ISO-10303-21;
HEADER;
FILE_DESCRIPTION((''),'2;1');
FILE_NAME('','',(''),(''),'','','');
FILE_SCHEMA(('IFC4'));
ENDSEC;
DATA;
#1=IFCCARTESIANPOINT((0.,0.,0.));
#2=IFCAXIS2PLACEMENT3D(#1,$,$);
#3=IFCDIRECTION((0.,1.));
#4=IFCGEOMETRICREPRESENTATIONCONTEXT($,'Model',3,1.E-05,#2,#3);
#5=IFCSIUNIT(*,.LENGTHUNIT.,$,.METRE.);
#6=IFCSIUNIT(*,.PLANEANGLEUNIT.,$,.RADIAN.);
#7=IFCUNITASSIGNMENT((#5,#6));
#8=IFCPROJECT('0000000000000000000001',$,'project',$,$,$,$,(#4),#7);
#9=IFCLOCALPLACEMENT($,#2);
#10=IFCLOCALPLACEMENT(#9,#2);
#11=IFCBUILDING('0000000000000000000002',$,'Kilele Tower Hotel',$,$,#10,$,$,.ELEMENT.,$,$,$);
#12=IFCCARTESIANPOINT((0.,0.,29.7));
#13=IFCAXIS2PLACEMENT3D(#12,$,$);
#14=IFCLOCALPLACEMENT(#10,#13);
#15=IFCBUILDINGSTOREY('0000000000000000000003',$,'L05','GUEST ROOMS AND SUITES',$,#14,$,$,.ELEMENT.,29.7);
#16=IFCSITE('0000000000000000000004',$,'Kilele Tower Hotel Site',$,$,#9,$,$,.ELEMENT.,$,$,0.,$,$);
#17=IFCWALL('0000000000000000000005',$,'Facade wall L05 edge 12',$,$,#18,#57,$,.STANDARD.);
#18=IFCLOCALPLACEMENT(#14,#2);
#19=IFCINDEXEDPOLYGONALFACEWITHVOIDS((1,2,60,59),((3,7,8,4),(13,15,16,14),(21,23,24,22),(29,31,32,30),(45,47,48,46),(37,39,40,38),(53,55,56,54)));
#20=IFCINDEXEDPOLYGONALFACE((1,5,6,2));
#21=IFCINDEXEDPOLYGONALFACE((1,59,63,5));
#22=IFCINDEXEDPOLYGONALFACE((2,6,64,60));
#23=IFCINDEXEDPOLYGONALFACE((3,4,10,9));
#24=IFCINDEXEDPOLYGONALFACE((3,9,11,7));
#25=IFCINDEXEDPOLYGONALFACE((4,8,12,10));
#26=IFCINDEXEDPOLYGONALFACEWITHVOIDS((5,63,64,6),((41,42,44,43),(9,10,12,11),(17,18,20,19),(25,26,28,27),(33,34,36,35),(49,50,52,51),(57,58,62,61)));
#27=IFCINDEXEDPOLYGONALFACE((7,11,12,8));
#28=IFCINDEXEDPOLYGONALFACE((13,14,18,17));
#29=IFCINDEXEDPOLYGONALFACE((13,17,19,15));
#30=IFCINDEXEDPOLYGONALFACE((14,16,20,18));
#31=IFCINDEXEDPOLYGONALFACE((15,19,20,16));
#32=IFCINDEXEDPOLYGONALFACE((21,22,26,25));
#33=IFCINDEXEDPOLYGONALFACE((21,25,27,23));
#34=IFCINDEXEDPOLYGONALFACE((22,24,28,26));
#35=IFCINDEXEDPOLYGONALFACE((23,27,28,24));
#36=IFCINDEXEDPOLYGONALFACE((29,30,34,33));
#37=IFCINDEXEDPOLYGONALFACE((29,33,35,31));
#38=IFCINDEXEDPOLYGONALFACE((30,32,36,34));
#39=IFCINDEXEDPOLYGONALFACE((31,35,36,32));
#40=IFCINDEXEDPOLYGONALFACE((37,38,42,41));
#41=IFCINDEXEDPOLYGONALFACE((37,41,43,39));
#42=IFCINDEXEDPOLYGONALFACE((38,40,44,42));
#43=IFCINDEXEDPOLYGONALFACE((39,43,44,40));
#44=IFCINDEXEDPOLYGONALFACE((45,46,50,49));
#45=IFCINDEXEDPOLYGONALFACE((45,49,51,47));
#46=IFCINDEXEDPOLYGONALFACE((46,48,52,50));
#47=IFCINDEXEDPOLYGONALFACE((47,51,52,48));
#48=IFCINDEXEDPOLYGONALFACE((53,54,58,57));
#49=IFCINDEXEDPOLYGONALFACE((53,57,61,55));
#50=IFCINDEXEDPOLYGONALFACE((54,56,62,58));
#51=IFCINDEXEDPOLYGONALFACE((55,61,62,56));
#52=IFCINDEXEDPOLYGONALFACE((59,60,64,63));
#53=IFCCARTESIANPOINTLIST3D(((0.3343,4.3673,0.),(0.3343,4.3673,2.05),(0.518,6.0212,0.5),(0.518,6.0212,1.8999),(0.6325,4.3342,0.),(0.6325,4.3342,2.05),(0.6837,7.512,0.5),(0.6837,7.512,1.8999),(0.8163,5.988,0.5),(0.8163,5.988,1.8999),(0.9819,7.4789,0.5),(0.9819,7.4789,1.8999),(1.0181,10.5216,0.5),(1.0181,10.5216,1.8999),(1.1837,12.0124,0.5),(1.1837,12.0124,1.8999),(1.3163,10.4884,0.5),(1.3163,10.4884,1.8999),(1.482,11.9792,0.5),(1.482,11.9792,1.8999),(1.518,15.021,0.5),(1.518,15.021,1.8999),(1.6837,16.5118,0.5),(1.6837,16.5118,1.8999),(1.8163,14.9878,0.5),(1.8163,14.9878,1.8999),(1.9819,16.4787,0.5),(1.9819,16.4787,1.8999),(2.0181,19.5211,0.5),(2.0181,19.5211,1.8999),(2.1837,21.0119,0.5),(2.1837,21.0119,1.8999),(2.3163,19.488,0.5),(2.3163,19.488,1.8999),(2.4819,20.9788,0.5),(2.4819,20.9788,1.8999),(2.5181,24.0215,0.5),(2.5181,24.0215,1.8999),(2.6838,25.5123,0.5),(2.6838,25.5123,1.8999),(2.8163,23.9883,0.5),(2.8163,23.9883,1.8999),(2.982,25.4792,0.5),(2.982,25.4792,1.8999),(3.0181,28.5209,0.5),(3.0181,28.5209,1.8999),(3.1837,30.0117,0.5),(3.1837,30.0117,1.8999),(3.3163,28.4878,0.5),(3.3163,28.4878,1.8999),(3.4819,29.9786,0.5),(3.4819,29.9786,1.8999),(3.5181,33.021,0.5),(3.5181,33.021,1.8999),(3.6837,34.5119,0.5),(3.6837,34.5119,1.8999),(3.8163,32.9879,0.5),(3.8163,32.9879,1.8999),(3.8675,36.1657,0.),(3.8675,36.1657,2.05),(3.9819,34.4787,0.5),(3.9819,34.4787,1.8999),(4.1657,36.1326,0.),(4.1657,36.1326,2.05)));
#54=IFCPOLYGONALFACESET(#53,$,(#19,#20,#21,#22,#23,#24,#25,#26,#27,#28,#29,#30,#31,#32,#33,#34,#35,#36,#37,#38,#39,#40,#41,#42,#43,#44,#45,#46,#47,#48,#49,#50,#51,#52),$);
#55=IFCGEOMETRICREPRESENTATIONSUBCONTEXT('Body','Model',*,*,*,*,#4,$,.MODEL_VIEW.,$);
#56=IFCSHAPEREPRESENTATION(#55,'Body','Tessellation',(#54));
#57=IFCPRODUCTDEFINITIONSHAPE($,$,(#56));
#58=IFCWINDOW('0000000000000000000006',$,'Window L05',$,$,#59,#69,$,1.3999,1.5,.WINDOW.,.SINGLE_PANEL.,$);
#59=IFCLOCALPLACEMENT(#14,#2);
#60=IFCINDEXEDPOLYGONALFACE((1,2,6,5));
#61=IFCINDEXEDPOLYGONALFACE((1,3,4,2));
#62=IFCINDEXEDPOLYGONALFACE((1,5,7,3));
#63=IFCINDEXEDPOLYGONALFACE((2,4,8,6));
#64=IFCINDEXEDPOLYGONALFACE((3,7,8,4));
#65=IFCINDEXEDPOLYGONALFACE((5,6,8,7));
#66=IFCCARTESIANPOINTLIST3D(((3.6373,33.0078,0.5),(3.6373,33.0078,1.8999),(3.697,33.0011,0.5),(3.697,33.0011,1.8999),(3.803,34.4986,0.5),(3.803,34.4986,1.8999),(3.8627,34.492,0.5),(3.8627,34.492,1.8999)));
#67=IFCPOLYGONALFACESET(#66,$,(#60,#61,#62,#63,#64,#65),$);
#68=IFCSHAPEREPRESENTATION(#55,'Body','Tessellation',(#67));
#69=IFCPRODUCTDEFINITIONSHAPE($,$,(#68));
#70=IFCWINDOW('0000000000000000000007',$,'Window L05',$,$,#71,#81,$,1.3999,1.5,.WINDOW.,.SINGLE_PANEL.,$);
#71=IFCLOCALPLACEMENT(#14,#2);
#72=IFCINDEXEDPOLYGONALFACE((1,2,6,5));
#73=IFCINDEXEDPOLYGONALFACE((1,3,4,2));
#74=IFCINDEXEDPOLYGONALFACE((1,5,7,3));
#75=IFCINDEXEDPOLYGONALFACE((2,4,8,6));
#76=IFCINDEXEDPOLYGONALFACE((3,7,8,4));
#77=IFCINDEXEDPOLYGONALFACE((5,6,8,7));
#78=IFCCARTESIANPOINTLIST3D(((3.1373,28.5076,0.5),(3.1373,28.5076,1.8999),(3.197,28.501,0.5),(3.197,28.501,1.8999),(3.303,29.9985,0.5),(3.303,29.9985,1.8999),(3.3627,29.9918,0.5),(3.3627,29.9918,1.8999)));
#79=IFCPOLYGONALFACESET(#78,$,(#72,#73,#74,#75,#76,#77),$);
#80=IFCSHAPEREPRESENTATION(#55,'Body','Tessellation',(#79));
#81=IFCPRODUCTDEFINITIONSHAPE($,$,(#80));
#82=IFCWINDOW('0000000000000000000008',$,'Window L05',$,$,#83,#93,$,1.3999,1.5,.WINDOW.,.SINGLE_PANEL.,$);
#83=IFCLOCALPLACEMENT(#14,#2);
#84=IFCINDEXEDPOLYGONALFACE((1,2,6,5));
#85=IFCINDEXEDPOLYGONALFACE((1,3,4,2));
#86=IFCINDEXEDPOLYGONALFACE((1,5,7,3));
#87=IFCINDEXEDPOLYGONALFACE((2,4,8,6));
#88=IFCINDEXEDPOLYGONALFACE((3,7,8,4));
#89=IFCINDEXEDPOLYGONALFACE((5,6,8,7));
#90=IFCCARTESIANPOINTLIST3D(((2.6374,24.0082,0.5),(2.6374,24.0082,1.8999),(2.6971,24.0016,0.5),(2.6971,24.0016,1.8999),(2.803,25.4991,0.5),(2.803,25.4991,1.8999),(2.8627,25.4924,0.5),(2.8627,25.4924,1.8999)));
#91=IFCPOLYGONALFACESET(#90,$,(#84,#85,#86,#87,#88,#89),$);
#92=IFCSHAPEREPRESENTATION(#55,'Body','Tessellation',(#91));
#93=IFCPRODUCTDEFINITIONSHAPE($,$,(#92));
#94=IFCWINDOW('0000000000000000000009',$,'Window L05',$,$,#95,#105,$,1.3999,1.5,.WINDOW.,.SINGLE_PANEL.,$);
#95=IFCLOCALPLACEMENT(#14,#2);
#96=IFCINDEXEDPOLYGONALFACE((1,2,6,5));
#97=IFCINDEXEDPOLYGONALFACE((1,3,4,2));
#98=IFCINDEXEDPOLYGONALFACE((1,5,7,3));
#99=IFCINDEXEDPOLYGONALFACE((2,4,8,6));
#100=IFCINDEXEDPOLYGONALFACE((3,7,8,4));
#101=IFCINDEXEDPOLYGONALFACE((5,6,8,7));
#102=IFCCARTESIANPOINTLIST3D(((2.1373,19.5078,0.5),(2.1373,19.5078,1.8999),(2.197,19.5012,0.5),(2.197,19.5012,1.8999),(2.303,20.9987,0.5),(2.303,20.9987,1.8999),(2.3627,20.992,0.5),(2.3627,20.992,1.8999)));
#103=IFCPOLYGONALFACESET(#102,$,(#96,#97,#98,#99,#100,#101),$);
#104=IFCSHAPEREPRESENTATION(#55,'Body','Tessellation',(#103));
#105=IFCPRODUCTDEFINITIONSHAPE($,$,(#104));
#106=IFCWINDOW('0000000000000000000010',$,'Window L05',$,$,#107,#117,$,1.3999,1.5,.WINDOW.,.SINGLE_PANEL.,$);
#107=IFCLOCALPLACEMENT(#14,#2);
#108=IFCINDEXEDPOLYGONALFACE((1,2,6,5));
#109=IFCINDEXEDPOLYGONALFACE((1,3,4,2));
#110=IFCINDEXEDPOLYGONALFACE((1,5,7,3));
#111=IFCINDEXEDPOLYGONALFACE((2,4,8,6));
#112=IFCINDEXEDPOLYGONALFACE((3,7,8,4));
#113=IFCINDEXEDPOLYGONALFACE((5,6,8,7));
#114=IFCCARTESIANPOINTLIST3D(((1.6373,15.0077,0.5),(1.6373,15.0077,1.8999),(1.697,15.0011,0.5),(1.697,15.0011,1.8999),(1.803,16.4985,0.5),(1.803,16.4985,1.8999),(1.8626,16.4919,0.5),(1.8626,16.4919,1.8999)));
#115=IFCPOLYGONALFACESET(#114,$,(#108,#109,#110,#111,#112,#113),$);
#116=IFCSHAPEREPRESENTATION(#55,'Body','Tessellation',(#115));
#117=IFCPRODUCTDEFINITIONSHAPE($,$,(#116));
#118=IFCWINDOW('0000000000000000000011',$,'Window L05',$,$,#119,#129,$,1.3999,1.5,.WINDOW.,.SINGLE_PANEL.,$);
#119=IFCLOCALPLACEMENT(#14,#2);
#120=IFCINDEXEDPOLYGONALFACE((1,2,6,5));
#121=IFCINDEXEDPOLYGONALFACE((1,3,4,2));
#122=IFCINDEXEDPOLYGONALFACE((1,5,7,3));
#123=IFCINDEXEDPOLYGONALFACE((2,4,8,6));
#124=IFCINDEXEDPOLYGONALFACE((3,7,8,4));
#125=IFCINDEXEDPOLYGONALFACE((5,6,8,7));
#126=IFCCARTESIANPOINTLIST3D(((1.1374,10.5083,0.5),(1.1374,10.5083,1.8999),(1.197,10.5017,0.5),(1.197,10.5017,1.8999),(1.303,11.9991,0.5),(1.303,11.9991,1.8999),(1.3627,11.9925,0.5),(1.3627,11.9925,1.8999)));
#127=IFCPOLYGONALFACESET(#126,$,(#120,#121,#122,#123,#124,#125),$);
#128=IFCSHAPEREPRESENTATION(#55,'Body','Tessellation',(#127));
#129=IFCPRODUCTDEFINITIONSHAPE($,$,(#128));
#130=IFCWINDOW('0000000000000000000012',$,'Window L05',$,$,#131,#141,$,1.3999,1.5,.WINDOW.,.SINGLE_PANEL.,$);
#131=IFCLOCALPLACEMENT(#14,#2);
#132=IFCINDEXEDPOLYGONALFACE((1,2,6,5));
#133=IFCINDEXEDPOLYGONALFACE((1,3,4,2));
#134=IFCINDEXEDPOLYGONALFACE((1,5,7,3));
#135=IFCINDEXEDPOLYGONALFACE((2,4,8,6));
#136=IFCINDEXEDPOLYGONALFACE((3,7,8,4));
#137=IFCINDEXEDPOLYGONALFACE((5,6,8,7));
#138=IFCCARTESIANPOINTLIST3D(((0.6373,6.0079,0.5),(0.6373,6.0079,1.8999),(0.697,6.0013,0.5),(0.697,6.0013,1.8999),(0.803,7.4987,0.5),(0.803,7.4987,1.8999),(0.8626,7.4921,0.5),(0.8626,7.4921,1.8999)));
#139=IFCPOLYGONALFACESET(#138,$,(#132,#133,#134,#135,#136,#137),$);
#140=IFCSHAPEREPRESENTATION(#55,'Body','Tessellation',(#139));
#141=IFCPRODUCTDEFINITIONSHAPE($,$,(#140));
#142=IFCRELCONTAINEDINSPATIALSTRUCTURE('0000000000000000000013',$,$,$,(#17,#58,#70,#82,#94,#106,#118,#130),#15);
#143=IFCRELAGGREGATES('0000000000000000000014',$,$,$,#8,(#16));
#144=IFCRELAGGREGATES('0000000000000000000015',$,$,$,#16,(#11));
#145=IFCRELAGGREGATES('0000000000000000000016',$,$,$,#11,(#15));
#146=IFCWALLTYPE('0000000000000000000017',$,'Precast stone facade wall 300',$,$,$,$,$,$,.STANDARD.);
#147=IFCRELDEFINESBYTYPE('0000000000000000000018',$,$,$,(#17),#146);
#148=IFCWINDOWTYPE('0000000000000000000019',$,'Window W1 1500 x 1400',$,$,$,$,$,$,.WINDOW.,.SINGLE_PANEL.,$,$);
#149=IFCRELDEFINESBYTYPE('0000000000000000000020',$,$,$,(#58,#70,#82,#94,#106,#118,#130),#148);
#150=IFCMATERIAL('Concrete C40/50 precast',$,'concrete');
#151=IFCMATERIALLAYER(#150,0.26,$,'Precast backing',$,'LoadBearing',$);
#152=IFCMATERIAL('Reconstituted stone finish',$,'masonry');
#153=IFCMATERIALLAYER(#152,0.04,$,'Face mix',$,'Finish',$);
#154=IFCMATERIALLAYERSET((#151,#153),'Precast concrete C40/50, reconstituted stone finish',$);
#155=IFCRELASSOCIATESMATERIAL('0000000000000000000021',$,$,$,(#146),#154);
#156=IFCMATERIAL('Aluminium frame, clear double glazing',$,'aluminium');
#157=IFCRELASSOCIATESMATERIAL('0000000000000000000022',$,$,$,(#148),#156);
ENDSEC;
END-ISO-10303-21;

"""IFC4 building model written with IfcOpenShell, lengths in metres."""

from ifc_helpers import new_model, si_unit, direction, frame, frame_2d, origin, place, context, subcontext, project, spatial, rectangle, extrude, material, layer, layer_set, type_object, element, fill, save


model = new_model("IFC4")

# Units and contexts
model_context = context("Model", 3, precision=1e-05, world=origin(), true_north=direction((0.0, 1.0)))
body_context = subcontext(model_context, "Body", "Model", "MODEL_VIEW")
ifc_project = project(units=[si_unit("LENGTHUNIT", "METRE"), si_unit("PLANEANGLEUNIT", "RADIAN")], contexts=[model_context])

# Site, building, storey
site_placement = place(None, origin())
site = spatial("IfcSite", under=ifc_project, at=site_placement, Name="Kilele Tower Hotel Site", CompositionType="ELEMENT", RefElevation=0.0)
building_placement = place(site_placement, origin())
building = spatial("IfcBuilding", under=site, at=building_placement, Name="Kilele Tower Hotel", CompositionType="ELEMENT")
storey_placement = place(building_placement, frame((0.0, 0.0, 29.7)))
storey = spatial("IfcBuildingStorey", under=building, at=storey_placement, Name="L05", Description="GUEST ROOMS AND SUITES", CompositionType="ELEMENT", Elevation=29.7)

# Shared definitions
ifc_material_1 = material(Name="Concrete C40/50 precast", Category="concrete")
ifc_layer_1 = layer(ifc_material_1, 0.26, Name="Precast backing", Category="LoadBearing")
ifc_material_2 = material(Name="Reconstituted stone finish", Category="masonry")
ifc_layer_2 = layer(ifc_material_2, 0.04, Name="Face mix", Category="Finish")
ifc_layer_set_1 = layer_set([ifc_layer_1, ifc_layer_2], Name="Precast concrete C40/50, reconstituted stone finish")
wall_type_1 = type_object("IfcWallType", Name="Precast stone facade wall 300", PredefinedType="STANDARD", material=ifc_layer_set_1)
ifc_material_3 = material(Name="Aluminium frame, clear double glazing", Category="aluminium")
window_type = type_object("IfcWindowType", Name="Window W1 1500 x 1400", PartitioningType="SINGLE_PANEL", PredefinedType="WINDOW", material=ifc_material_3)

# Wall, openings, windows
wall_1_placement = place(storey_placement, frame((4.0166, 36.1492, 0.0), z_axis=(0.0, 0.0, 1.0), x_axis=(-0.110433, -0.993884, 0.0)))
wall_1 = element("IfcWall", 1, at=wall_1_placement, inside=storey, type_object=wall_type_1, Name="Facade wall L05 edge 12", PredefinedType="STANDARD", context=body_context, shape_type="SweptSolid", body=[
    extrude(rectangle(XDim=31.9941, YDim=0.3, at=frame_2d((15.9971, 0.0))), origin(), (0.0, 0.0, 1.0), 2.05),
])
opening_1_placement = place(wall_1_placement, frame((1.6641, 0.0, 0.5)))
opening_1 = element("IfcOpeningElement", 2, at=opening_1_placement, cuts=wall_1, PredefinedType="OPENING", context=body_context, shape_type="SweptSolid", body=[
    extrude(rectangle(XDim=1.5, YDim=1.3999, at=frame_2d((0.75, 0.7))), frame((0.0, 0.1599, 0.0), z_axis=(0.0, -1.0, 0.0), x_axis=(1.0, 0.0, 0.0)), (0.0, 0.0, 1.0), 0.3201),
])
opening_2_placement = place(wall_1_placement, frame((6.1919, 0.0, 0.5)))
opening_2 = element("IfcOpeningElement", 3, at=opening_2_placement, cuts=wall_1, PredefinedType="OPENING", context=body_context, shape_type="SweptSolid", body=[
    extrude(rectangle(XDim=1.5, YDim=1.3999, at=frame_2d((0.75, 0.7))), frame((0.0, 0.1599, 0.0), z_axis=(0.0, -1.0, 0.0), x_axis=(1.0, 0.0, 0.0)), (0.0, 0.0, 1.0), 0.3201),
])
opening_3_placement = place(wall_1_placement, frame((10.719, 0.0, 0.5)))
opening_3 = element("IfcOpeningElement", 4, at=opening_3_placement, cuts=wall_1, PredefinedType="OPENING", context=body_context, shape_type="SweptSolid", body=[
    extrude(rectangle(XDim=1.5, YDim=1.3999, at=frame_2d((0.75, 0.7))), frame((0.0, 0.1599, 0.0), z_axis=(0.0, -1.0, 0.0), x_axis=(1.0, 0.0, 0.0)), (0.0, 0.0, 1.0), 0.3201),
])
opening_4_placement = place(wall_1_placement, frame((15.2471, 0.0, 0.5)))
opening_4 = element("IfcOpeningElement", 5, at=opening_4_placement, cuts=wall_1, PredefinedType="OPENING", context=body_context, shape_type="SweptSolid", body=[
    extrude(rectangle(XDim=1.5, YDim=1.3999, at=frame_2d((0.75, 0.7))), frame((0.0, 0.1599, 0.0), z_axis=(0.0, -1.0, 0.0), x_axis=(1.0, 0.0, 0.0)), (0.0, 0.0, 1.0), 0.3201),
])
opening_5_placement = place(wall_1_placement, frame((19.7749, 0.0, 0.5)))
opening_5 = element("IfcOpeningElement", 6, at=opening_5_placement, cuts=wall_1, PredefinedType="OPENING", context=body_context, shape_type="SweptSolid", body=[
    extrude(rectangle(XDim=1.5, YDim=1.3999, at=frame_2d((0.75, 0.7))), frame((0.0, 0.1599, 0.0), z_axis=(0.0, -1.0, 0.0), x_axis=(1.0, 0.0, 0.0)), (0.0, 0.0, 1.0), 0.3201),
])
opening_6_placement = place(wall_1_placement, frame((24.302, 0.0, 0.5)))
opening_6 = element("IfcOpeningElement", 7, at=opening_6_placement, cuts=wall_1, PredefinedType="OPENING", context=body_context, shape_type="SweptSolid", body=[
    extrude(rectangle(XDim=1.5, YDim=1.3999, at=frame_2d((0.75, 0.7))), frame((0.0, 0.1599, 0.0), z_axis=(0.0, -1.0, 0.0), x_axis=(1.0, 0.0, 0.0)), (0.0, 0.0, 1.0), 0.3201),
])
opening_7_placement = place(wall_1_placement, frame((28.8301, 0.0, 0.5)))
opening_7 = element("IfcOpeningElement", 8, at=opening_7_placement, cuts=wall_1, PredefinedType="OPENING", context=body_context, shape_type="SweptSolid", body=[
    extrude(rectangle(XDim=1.5, YDim=1.3999, at=frame_2d((0.75, 0.7))), frame((0.0, 0.1599, 0.0), z_axis=(0.0, -1.0, 0.0), x_axis=(1.0, 0.0, 0.0)), (0.0, 0.0, 1.0), 0.3201),
])
window_1_placement = place(opening_1_placement, origin())
window_1 = element("IfcWindow", 9, at=window_1_placement, inside=storey, type_object=window_type, Name="Window L05", OverallHeight=1.3999, OverallWidth=1.5, PartitioningType="SINGLE_PANEL", PredefinedType="WINDOW", context=body_context, shape_type="SweptSolid", body=[
    extrude(rectangle(XDim=1.5, YDim=1.3999, at=frame_2d((0.75, 0.7))), frame((0.0, 0.03, 0.0), z_axis=(0.0, -1.0, 0.0), x_axis=(1.0, 0.0, 0.0)), (0.0, 0.0, 1.0), 0.0601),
])
fill(opening_1, window_1)
window_2_placement = place(opening_2_placement, origin())
window_2 = element("IfcWindow", 10, at=window_2_placement, inside=storey, type_object=window_type, Name="Window L05", OverallHeight=1.3999, OverallWidth=1.5, PartitioningType="SINGLE_PANEL", PredefinedType="WINDOW", context=body_context, shape_type="SweptSolid", body=[
    extrude(rectangle(XDim=1.5, YDim=1.3999, at=frame_2d((0.75, 0.7))), frame((0.0, 0.03, 0.0), z_axis=(0.0, -1.0, 0.0), x_axis=(1.0, 0.0, 0.0)), (0.0, 0.0, 1.0), 0.0601),
])
fill(opening_2, window_2)
window_3_placement = place(opening_3_placement, origin())
window_3 = element("IfcWindow", 11, at=window_3_placement, inside=storey, type_object=window_type, Name="Window L05", OverallHeight=1.3999, OverallWidth=1.5, PartitioningType="SINGLE_PANEL", PredefinedType="WINDOW", context=body_context, shape_type="SweptSolid", body=[
    extrude(rectangle(XDim=1.5, YDim=1.3999, at=frame_2d((0.75, 0.7))), frame((0.0, 0.03, 0.0), z_axis=(0.0, -1.0, 0.0), x_axis=(1.0, 0.0, 0.0)), (0.0, 0.0, 1.0), 0.0601),
])
fill(opening_3, window_3)
window_4_placement = place(opening_4_placement, origin())
window_4 = element("IfcWindow", 12, at=window_4_placement, inside=storey, type_object=window_type, Name="Window L05", OverallHeight=1.3999, OverallWidth=1.5, PartitioningType="SINGLE_PANEL", PredefinedType="WINDOW", context=body_context, shape_type="SweptSolid", body=[
    extrude(rectangle(XDim=1.5, YDim=1.3999, at=frame_2d((0.75, 0.7))), frame((0.0, 0.03, 0.0), z_axis=(0.0, -1.0, 0.0), x_axis=(1.0, 0.0, 0.0)), (0.0, 0.0, 1.0), 0.0601),
])
fill(opening_4, window_4)
window_5_placement = place(opening_5_placement, origin())
window_5 = element("IfcWindow", 13, at=window_5_placement, inside=storey, type_object=window_type, Name="Window L05", OverallHeight=1.3999, OverallWidth=1.5, PartitioningType="SINGLE_PANEL", PredefinedType="WINDOW", context=body_context, shape_type="SweptSolid", body=[
    extrude(rectangle(XDim=1.5, YDim=1.3999, at=frame_2d((0.75, 0.7))), frame((0.0, 0.03, 0.0), z_axis=(0.0, -1.0, 0.0), x_axis=(1.0, 0.0, 0.0)), (0.0, 0.0, 1.0), 0.0601),
])
fill(opening_5, window_5)
window_6_placement = place(opening_6_placement, origin())
window_6 = element("IfcWindow", 14, at=window_6_placement, inside=storey, type_object=window_type, Name="Window L05", OverallHeight=1.3999, OverallWidth=1.5, PartitioningType="SINGLE_PANEL", PredefinedType="WINDOW", context=body_context, shape_type="SweptSolid", body=[
    extrude(rectangle(XDim=1.5, YDim=1.3999, at=frame_2d((0.75, 0.7))), frame((0.0, 0.03, 0.0), z_axis=(0.0, -1.0, 0.0), x_axis=(1.0, 0.0, 0.0)), (0.0, 0.0, 1.0), 0.0601),
])
fill(opening_6, window_6)
window_7_placement = place(opening_7_placement, origin())
window_7 = element("IfcWindow", 15, at=window_7_placement, inside=storey, type_object=window_type, Name="Window L05", OverallHeight=1.3999, OverallWidth=1.5, PartitioningType="SINGLE_PANEL", PredefinedType="WINDOW", context=body_context, shape_type="SweptSolid", body=[
    extrude(rectangle(XDim=1.5, YDim=1.3999, at=frame_2d((0.75, 0.7))), frame((0.0, 0.03, 0.0), z_axis=(0.0, -1.0, 0.0), x_axis=(1.0, 0.0, 0.0)), (0.0, 0.0, 1.0), 0.0601),
])
fill(opening_7, window_7)

save(model, "model.ifc")
